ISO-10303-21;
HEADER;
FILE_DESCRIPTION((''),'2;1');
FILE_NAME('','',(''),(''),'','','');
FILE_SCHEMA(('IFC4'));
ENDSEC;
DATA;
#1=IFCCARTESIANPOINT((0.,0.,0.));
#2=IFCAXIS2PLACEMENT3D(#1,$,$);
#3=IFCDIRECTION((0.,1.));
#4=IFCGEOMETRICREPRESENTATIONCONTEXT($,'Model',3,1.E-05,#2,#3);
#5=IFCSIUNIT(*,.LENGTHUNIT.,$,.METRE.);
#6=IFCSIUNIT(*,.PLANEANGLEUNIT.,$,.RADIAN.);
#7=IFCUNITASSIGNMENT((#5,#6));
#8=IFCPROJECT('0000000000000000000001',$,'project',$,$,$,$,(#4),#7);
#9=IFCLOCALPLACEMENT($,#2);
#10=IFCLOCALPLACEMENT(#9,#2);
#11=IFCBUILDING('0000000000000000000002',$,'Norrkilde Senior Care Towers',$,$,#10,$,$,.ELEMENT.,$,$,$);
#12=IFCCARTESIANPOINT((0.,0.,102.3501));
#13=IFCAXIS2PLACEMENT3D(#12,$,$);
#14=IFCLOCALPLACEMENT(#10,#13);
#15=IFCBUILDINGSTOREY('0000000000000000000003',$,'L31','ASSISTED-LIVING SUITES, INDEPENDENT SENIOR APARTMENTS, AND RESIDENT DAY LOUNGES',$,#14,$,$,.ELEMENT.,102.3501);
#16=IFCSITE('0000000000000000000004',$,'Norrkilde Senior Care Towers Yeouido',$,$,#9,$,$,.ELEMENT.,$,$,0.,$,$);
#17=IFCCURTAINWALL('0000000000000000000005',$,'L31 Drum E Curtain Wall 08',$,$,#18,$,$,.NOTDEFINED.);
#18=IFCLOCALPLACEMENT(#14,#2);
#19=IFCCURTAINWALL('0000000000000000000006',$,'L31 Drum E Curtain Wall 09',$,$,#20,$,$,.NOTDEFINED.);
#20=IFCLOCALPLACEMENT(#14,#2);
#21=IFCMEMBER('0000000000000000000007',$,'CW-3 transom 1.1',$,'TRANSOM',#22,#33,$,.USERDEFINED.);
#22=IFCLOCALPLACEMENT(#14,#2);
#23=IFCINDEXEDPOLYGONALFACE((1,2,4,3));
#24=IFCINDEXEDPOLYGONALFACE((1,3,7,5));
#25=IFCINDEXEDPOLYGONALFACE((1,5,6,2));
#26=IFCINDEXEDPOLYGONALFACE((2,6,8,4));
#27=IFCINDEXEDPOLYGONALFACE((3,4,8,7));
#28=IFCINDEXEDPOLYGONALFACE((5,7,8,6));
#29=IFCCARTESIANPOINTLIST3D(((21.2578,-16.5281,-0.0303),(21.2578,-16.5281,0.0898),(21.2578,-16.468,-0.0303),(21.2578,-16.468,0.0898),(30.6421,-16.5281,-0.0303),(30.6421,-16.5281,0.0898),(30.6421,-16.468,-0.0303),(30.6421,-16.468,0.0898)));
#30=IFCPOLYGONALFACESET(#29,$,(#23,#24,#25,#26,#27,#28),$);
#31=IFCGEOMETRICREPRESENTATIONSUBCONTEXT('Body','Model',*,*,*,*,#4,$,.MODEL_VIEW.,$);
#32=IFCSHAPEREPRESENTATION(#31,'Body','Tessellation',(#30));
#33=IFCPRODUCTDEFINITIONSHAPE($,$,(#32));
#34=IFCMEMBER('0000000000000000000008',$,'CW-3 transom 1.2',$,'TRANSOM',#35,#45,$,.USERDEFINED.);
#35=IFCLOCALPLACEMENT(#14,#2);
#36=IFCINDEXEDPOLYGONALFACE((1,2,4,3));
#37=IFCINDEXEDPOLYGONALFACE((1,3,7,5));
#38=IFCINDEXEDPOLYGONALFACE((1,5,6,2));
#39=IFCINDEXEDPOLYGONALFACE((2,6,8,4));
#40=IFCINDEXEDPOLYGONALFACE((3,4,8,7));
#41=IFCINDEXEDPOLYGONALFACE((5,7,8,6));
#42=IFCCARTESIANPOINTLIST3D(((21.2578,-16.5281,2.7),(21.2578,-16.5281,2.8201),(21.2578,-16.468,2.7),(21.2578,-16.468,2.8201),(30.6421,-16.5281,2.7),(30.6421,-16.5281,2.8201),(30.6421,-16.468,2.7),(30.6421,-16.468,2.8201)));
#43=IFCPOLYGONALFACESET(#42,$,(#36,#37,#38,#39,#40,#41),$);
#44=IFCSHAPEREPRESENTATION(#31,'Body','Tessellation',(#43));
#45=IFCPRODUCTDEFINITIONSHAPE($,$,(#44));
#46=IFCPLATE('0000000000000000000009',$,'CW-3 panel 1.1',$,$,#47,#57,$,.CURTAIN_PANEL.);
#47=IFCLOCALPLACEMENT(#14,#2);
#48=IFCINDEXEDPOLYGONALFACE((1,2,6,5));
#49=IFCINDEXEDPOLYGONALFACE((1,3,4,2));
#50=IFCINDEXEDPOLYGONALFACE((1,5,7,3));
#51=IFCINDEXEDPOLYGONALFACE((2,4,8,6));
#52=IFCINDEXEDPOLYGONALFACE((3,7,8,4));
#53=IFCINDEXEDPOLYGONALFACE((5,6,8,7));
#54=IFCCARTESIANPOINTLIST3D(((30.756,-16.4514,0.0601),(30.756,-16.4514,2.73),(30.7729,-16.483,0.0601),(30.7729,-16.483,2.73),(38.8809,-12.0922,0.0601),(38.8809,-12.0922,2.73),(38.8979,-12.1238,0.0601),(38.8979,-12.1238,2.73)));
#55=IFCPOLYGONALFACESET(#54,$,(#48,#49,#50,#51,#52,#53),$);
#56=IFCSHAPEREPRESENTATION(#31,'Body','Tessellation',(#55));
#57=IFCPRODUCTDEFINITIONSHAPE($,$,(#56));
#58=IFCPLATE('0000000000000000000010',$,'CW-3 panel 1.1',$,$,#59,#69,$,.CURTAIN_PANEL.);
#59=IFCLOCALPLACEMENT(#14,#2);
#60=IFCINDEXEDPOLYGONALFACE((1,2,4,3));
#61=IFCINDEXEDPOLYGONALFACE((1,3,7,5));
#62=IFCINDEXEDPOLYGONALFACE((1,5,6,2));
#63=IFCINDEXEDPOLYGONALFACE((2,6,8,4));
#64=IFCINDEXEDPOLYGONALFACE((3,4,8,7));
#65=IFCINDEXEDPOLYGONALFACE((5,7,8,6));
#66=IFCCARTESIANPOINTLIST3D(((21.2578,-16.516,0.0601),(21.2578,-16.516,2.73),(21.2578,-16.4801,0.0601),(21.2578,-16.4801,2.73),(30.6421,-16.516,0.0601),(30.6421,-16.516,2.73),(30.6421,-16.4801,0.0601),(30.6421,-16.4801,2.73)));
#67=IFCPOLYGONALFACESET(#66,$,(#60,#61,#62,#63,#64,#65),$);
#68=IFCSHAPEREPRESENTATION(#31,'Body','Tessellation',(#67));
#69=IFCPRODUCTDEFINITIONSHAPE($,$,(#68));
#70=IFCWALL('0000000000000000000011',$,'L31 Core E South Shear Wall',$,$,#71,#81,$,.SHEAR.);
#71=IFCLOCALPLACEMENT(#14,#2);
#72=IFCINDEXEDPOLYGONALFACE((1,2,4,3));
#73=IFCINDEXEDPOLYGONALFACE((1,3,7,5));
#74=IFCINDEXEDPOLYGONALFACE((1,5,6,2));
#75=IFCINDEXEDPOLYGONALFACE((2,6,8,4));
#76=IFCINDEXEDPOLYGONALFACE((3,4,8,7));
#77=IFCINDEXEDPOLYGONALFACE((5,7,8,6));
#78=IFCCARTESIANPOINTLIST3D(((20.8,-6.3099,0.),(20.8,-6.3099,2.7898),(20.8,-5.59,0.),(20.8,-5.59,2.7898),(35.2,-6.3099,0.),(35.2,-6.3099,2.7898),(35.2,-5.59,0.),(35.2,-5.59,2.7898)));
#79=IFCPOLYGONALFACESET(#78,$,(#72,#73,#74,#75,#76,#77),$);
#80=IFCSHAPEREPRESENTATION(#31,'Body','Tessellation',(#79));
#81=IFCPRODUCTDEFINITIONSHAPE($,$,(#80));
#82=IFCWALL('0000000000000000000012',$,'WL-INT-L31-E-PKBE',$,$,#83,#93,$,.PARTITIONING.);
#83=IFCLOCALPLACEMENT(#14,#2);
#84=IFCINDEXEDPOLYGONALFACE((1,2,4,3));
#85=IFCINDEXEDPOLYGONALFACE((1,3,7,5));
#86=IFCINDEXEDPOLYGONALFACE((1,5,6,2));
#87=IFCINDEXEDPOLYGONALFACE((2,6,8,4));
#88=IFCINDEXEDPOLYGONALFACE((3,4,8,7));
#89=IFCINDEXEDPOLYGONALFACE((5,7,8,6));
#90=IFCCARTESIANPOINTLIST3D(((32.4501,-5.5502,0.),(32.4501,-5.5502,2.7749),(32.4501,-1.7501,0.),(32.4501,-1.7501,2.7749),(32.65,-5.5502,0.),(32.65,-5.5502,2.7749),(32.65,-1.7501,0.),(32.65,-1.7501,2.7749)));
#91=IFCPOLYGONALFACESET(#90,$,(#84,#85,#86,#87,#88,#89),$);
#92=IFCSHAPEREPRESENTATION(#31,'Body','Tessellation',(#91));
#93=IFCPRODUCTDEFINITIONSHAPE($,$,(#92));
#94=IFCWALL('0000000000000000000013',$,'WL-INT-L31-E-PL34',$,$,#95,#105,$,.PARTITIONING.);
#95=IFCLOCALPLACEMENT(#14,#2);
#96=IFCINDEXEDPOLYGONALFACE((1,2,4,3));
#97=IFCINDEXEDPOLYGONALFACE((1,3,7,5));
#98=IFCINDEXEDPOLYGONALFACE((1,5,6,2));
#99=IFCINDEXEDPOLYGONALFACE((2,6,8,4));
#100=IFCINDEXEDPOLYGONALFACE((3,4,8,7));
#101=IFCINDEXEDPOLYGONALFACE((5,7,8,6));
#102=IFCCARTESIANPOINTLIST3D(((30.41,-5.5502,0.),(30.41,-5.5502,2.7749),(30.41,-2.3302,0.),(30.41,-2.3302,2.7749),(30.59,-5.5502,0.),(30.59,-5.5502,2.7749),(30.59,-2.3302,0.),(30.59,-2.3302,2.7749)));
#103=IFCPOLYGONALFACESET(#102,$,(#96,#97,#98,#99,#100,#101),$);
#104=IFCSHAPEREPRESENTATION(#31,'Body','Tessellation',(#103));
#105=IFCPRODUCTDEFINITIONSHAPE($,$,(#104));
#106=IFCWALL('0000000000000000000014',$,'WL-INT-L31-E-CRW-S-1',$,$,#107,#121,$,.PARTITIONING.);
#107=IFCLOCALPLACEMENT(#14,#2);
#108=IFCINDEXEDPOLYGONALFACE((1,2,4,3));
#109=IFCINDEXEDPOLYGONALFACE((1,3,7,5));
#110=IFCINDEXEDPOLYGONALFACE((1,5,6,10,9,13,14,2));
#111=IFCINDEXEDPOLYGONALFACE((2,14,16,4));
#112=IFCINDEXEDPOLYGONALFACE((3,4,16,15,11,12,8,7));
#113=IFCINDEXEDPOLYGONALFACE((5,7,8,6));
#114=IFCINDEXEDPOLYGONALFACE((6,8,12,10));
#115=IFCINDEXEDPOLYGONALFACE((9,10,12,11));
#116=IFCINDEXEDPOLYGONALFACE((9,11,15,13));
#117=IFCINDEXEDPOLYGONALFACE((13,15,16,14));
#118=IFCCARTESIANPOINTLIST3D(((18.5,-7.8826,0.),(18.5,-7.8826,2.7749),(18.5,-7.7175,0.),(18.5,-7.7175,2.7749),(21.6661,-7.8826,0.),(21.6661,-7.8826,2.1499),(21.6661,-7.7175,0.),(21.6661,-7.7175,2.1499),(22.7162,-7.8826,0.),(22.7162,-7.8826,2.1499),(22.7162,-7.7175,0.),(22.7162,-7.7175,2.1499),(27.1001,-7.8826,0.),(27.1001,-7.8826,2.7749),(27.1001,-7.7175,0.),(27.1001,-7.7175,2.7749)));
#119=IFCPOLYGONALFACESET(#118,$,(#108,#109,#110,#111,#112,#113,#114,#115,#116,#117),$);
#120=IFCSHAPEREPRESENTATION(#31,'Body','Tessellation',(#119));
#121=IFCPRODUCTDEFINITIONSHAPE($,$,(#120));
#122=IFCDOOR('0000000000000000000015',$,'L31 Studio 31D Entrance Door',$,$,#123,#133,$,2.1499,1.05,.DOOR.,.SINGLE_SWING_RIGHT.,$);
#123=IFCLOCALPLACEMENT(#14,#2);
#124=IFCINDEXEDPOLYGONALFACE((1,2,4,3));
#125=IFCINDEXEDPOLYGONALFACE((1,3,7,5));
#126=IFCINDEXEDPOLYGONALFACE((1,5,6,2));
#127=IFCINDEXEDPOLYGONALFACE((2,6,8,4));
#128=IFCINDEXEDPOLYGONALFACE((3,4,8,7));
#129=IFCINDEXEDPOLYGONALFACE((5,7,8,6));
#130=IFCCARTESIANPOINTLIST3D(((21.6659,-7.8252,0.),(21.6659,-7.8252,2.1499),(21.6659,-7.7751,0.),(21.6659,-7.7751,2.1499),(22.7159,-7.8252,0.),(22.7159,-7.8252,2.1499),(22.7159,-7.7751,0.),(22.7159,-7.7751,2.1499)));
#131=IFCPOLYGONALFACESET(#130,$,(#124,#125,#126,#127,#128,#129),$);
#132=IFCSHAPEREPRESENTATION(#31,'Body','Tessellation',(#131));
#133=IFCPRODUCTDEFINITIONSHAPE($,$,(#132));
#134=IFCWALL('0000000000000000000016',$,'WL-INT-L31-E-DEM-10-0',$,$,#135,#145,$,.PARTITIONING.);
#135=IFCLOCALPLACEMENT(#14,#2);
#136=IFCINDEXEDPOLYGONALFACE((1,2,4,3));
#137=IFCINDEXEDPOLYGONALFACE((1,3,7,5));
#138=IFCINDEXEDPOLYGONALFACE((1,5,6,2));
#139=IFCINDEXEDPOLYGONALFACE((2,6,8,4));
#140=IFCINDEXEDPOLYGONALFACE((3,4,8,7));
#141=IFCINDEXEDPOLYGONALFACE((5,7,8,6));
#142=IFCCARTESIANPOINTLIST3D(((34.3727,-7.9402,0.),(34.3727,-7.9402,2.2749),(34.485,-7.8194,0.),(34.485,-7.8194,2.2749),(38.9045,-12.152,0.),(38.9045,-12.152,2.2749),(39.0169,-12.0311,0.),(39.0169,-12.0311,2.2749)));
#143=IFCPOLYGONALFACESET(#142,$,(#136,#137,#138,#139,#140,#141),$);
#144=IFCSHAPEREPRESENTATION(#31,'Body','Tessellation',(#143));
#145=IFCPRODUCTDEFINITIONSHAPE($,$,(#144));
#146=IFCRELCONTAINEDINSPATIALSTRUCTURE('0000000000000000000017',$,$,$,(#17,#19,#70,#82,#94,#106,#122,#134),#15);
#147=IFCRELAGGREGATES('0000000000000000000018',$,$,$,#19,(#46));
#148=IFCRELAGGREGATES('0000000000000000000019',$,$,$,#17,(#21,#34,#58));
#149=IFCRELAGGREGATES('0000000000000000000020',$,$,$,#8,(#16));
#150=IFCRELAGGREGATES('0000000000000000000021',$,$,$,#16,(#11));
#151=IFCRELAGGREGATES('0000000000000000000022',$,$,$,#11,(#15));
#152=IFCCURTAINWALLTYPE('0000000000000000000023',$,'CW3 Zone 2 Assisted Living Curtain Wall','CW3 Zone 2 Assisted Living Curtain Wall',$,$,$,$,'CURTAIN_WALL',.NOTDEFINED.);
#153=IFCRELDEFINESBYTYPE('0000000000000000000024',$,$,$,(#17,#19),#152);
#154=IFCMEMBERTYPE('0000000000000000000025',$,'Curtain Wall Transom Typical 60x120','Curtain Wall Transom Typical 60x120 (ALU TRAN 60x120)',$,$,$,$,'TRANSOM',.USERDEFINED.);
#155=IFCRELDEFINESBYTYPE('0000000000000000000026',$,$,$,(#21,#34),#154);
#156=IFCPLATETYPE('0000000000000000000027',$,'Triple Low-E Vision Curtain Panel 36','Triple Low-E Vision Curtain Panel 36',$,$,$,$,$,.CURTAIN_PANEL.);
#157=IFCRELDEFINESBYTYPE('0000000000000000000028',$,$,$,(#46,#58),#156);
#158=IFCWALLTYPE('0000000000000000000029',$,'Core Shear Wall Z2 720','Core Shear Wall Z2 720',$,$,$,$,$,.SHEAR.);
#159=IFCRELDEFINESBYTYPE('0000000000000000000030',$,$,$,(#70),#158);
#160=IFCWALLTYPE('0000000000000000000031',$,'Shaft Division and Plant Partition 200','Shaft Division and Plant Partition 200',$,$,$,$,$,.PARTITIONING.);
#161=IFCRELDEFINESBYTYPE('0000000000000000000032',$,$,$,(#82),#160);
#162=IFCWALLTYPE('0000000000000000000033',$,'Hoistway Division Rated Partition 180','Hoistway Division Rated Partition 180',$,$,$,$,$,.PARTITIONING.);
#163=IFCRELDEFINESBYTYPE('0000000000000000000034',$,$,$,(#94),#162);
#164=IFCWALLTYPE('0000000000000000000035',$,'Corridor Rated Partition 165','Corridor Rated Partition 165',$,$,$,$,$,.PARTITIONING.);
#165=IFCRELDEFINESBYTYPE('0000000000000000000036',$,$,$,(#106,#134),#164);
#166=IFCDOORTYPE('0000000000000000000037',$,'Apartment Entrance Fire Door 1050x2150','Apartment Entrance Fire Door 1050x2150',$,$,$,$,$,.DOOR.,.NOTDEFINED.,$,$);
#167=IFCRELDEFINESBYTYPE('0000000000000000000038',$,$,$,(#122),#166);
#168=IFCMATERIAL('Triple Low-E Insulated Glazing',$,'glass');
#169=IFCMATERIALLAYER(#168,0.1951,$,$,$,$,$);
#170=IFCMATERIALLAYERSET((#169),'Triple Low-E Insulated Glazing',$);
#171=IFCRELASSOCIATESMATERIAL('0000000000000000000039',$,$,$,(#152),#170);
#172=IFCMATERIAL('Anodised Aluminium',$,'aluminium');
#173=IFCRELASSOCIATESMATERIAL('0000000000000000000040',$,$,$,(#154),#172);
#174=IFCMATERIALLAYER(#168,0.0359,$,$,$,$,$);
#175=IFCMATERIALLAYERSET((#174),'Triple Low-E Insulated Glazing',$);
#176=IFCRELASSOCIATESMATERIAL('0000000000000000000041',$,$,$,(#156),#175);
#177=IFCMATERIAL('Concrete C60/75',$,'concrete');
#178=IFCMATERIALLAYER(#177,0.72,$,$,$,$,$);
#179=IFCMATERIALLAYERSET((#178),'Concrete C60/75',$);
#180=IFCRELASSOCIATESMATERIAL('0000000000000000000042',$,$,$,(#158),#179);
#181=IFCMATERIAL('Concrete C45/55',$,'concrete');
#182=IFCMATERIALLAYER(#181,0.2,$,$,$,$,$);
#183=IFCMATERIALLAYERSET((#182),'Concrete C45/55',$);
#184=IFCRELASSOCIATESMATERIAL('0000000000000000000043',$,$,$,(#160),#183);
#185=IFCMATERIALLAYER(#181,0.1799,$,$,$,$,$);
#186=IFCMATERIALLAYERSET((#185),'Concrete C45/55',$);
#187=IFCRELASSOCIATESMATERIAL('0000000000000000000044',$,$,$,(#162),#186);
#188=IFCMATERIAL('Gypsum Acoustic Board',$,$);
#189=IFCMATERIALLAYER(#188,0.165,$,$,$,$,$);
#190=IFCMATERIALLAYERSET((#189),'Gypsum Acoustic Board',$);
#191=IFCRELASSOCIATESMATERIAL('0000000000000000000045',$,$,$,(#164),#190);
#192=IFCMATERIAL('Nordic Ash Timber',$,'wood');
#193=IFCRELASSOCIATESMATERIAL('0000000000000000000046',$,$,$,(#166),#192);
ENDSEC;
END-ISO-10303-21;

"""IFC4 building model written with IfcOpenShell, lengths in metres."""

from ifc_helpers import new_model, si_unit, direction, frame, frame_2d, origin, origin_2d, place, context, subcontext, project, spatial, rectangle, extrude, source, transform, mapped, material, layer, layer_set, material_profile, profile_set, type_object, type_shapes, element, fill, aggregate, save


model = new_model("IFC4")

# Units and contexts
model_context = context("Model", 3, precision=1e-05, world=origin(), true_north=direction((0.0, 1.0)))
body_context = subcontext(model_context, "Body", "Model", "MODEL_VIEW")
ifc_project = project(units=[si_unit("LENGTHUNIT", "METRE"), si_unit("PLANEANGLEUNIT", "RADIAN")], contexts=[model_context])

# Site, building, storey
site_placement = place(None, origin())
site = spatial("IfcSite", under=ifc_project, at=site_placement, Name="Norrkilde Senior Care Towers Yeouido", CompositionType="ELEMENT", RefElevation=0.0)
building_placement = place(site_placement, origin())
building = spatial("IfcBuilding", under=site, at=building_placement, Name="Norrkilde Senior Care Towers", CompositionType="ELEMENT")
storey_placement = place(building_placement, frame((0.0, 0.0, 102.3501)))
storey = spatial("IfcBuildingStorey", under=building, at=storey_placement, Name="L31", Description="ASSISTED-LIVING SUITES, INDEPENDENT SENIOR APARTMENTS, AND RESIDENT DAY LOUNGES", CompositionType="ELEMENT", Elevation=102.3501)

# Shared definitions
ifc_material_1 = material(Name="Concrete C60/75", Category="concrete")

# Curtain walls
ifc_material_2 = material(Name="Triple Low-E Insulated Glazing", Category="glass")
ifc_layer_1 = layer(ifc_material_2, 0.1951)
ifc_layer_set_1 = layer_set([ifc_layer_1], Name="Triple Low-E Insulated Glazing")
curtain_wall_type = type_object("IfcCurtainWallType", Name="CW3 Zone 2 Assisted Living Curtain Wall", Description="CW3 Zone 2 Assisted Living Curtain Wall", ElementType="CURTAIN_WALL", PredefinedType="NOTDEFINED", material=ifc_layer_set_1)
curtain_wall_1_placement = place(storey_placement, origin())
curtain_wall_1 = element("IfcCurtainWall", 1, at=curtain_wall_1_placement, inside=storey, type_object=curtain_wall_type, Name="L31 Drum E Curtain Wall 08", PredefinedType="NOTDEFINED")
ifc_material_3 = material(Name="Anodised Aluminium", Category="aluminium")
curtain_wall_2_placement = place(storey_placement, origin())
curtain_wall_2 = element("IfcCurtainWall", 2, at=curtain_wall_2_placement, inside=storey, type_object=curtain_wall_type, Name="L31 Drum E Curtain Wall 09", PredefinedType="NOTDEFINED")

# Members
ifc_material_profile_1 = material_profile(ifc_material_3, rectangle(XDim=0.0601, YDim=0.1201, at=origin_2d()), Name="ALU TRAN 60x120")
ifc_profile_set_1 = profile_set([ifc_material_profile_1], Name="Anodised Aluminium")
member_type_1 = type_object("IfcMemberType", Name="Curtain Wall Transom Typical 60x120", Description="Curtain Wall Transom Typical 60x120 (ALU TRAN 60x120)", ElementType="TRANSOM", PredefinedType="USERDEFINED", material=ifc_profile_set_1)
shared_shape_1 = source(origin(), body_context, "Body", "SweptSolid", [
    extrude(rectangle(XDim=0.0601, YDim=0.1201, at=origin_2d()), origin(), (0.0, 0.0, 1.0), 9.3843),
])
type_shapes(member_type_1, [shared_shape_1])
member_1_placement = place(storey_placement, frame((30.6421, -16.498, 0.0298), z_axis=(-1.0, 0.0, 0.0), x_axis=(0.0, -1.0, 0.0)))
member_1 = element("IfcMember", 3, at=member_1_placement, type_object=member_type_1, Name="CW-3 transom 1.1", ObjectType="TRANSOM", PredefinedType="USERDEFINED", context=body_context, shape_type="MappedRepresentation", body=[
    mapped(shared_shape_1, transform((0.0, 0.0, 0.0), x_axis=(1.0, 0.0, 0.0), y_axis=(0.0, 1.0, 0.0), z_axis=(0.0, 0.0, 1.0), scale=1.0)),
])
member_2_placement = place(storey_placement, frame((30.6421, -16.498, 2.76), z_axis=(-1.0, 0.0, 0.0), x_axis=(0.0, -1.0, 0.0)))
member_2 = element("IfcMember", 4, at=member_2_placement, type_object=member_type_1, Name="CW-3 transom 1.2", ObjectType="TRANSOM", PredefinedType="USERDEFINED", context=body_context, shape_type="MappedRepresentation", body=[
    mapped(shared_shape_1, transform((0.0, 0.0, 0.0), x_axis=(1.0, 0.0, 0.0), y_axis=(0.0, 1.0, 0.0), z_axis=(0.0, 0.0, 1.0), scale=1.0)),
])

# Plates
ifc_layer_2 = layer(ifc_material_2, 0.0359)
ifc_layer_set_2 = layer_set([ifc_layer_2], Name="Triple Low-E Insulated Glazing")
plate_type = type_object("IfcPlateType", Name="Triple Low-E Vision Curtain Panel 36", Description="Triple Low-E Vision Curtain Panel 36", PredefinedType="CURTAIN_PANEL", material=ifc_layer_set_2)
shared_shape_2 = source(origin(), body_context, "Body", "SweptSolid", [
    extrude(rectangle(XDim=9.2205, YDim=0.0359, at=origin_2d()), origin(), (0.0, 0.0, 1.0), 2.6699),
])
plate_1_placement = place(storey_placement, frame((34.8269, -14.2876, 0.0601), z_axis=(0.0, 0.0, 1.0), x_axis=(-0.881186, -0.472769, 0.0)))
plate_1 = element("IfcPlate", 5, at=plate_1_placement, type_object=plate_type, Name="CW-3 panel 1.1", PredefinedType="CURTAIN_PANEL", context=body_context, shape_type="MappedRepresentation", body=[
    mapped(shared_shape_2, transform((0.0, 0.0, 0.0), x_axis=(1.0, 0.0, 0.0), y_axis=(0.0, 1.0, 0.0), z_axis=(0.0, 0.0, 1.0), scale=1.0)),
])
aggregate(curtain_wall_2, [plate_1])
shared_shape_3 = source(origin(), body_context, "Body", "SweptSolid", [
    extrude(rectangle(XDim=9.3843, YDim=0.0359, at=origin_2d()), origin(), (0.0, 0.0, 1.0), 2.6699),
])
type_shapes(plate_type, [shared_shape_2, shared_shape_3])
plate_2_placement = place(storey_placement, frame((25.95, -16.498, 0.0601), z_axis=(0.0, 0.0, 1.0), x_axis=(-1.0, 0.0, 0.0)))
plate_2 = element("IfcPlate", 6, at=plate_2_placement, type_object=plate_type, Name="CW-3 panel 1.1", PredefinedType="CURTAIN_PANEL", context=body_context, shape_type="MappedRepresentation", body=[
    mapped(shared_shape_3, transform((0.0, 0.0, 0.0), x_axis=(1.0, 0.0, 0.0), y_axis=(0.0, 1.0, 0.0), z_axis=(0.0, 0.0, 1.0), scale=1.0)),
])
aggregate(curtain_wall_1, [member_1, member_2, plate_2])

# Walls
ifc_layer_3 = layer(ifc_material_1, 0.72)
ifc_layer_set_3 = layer_set([ifc_layer_3], Name="Concrete C60/75")
wall_type_1 = type_object("IfcWallType", Name="Core Shear Wall Z2 720", Description="Core Shear Wall Z2 720", PredefinedType="SHEAR", material=ifc_layer_set_3)
shared_shape_4 = source(origin(), body_context, "Body", "SweptSolid", [
    extrude(rectangle(XDim=14.3999, YDim=0.72, at=frame_2d((7.2, 0.0))), origin(), (0.0, 0.0, 1.0), 2.7898),
])
type_shapes(wall_type_1, [shared_shape_4])
wall_1_placement = place(storey_placement, frame((35.2, -5.95, 0.0), z_axis=(0.0, 0.0, 1.0), x_axis=(-1.0, 0.0, 0.0)))
element("IfcWall", 7, at=wall_1_placement, inside=storey, type_object=wall_type_1, Name="L31 Core E South Shear Wall", PredefinedType="SHEAR", context=body_context, shape_type="MappedRepresentation", body=[
    mapped(shared_shape_4, transform((0.0, 0.0, 0.0), x_axis=(1.0, 0.0, 0.0), y_axis=(0.0, 1.0, 0.0), z_axis=(0.0, 0.0, 1.0), scale=1.0)),
])
ifc_material_4 = material(Name="Concrete C45/55", Category="concrete")
ifc_layer_4 = layer(ifc_material_4, 0.2)
ifc_layer_set_4 = layer_set([ifc_layer_4], Name="Concrete C45/55")
wall_type_2 = type_object("IfcWallType", Name="Shaft Division and Plant Partition 200", Description="Shaft Division and Plant Partition 200", PredefinedType="PARTITIONING", material=ifc_layer_set_4)
shared_shape_5 = source(origin(), body_context, "Body", "SweptSolid", [
    extrude(rectangle(XDim=3.8, YDim=0.2, at=frame_2d((1.8999, 0.0))), origin(), (0.0, 0.0, 1.0), 2.7749),
])
type_shapes(wall_type_2, [shared_shape_5])
wall_2_placement = place(storey_placement, frame((32.55, -5.55, 0.0), z_axis=(0.0, 0.0, 1.0), x_axis=(0.0, 1.0, 0.0)))
element("IfcWall", 8, at=wall_2_placement, inside=storey, type_object=wall_type_2, Name="WL-INT-L31-E-PKBE", PredefinedType="PARTITIONING", context=body_context, shape_type="MappedRepresentation", body=[
    mapped(shared_shape_5, transform((0.0, 0.0, 0.0), x_axis=(1.0, 0.0, 0.0), y_axis=(0.0, 1.0, 0.0), z_axis=(0.0, 0.0, 1.0), scale=1.0)),
])
ifc_layer_5 = layer(ifc_material_4, 0.1799)
ifc_layer_set_5 = layer_set([ifc_layer_5], Name="Concrete C45/55")
wall_type_3 = type_object("IfcWallType", Name="Hoistway Division Rated Partition 180", Description="Hoistway Division Rated Partition 180", PredefinedType="PARTITIONING", material=ifc_layer_set_5)
shared_shape_6 = source(origin(), body_context, "Body", "SweptSolid", [
    extrude(rectangle(XDim=3.22, YDim=0.1799, at=frame_2d((1.6099, 0.0))), origin(), (0.0, 0.0, 1.0), 2.7749),
])
type_shapes(wall_type_3, [shared_shape_6])
wall_3_placement = place(storey_placement, frame((30.5, -5.55, 0.0), z_axis=(0.0, 0.0, 1.0), x_axis=(0.0, 1.0, 0.0)))
element("IfcWall", 9, at=wall_3_placement, inside=storey, type_object=wall_type_3, Name="WL-INT-L31-E-PL34", PredefinedType="PARTITIONING", context=body_context, shape_type="MappedRepresentation", body=[
    mapped(shared_shape_6, transform((0.0, 0.0, 0.0), x_axis=(1.0, 0.0, 0.0), y_axis=(0.0, 1.0, 0.0), z_axis=(0.0, 0.0, 1.0), scale=1.0)),
])

# Wall, opening, door
ifc_material_5 = material(Name="Gypsum Acoustic Board")
ifc_layer_6 = layer(ifc_material_5, 0.165)
ifc_layer_set_6 = layer_set([ifc_layer_6], Name="Gypsum Acoustic Board")
wall_type_4 = type_object("IfcWallType", Name="Corridor Rated Partition 165", Description="Corridor Rated Partition 165", PredefinedType="PARTITIONING", material=ifc_layer_set_6)
shared_shape_7 = source(origin(), body_context, "Body", "SweptSolid", [
    extrude(rectangle(XDim=8.6001, YDim=0.165, at=frame_2d((4.3, 0.0))), origin(), (0.0, 0.0, 1.0), 2.7749),
])
wall_4_placement = place(storey_placement, frame((27.1001, -7.8, 0.0), z_axis=(0.0, 0.0, 1.0), x_axis=(-1.0, 0.0, 0.0)))
wall_4 = element("IfcWall", 10, at=wall_4_placement, inside=storey, type_object=wall_type_4, Name="WL-INT-L31-E-CRW-S-1", PredefinedType="PARTITIONING", context=body_context, shape_type="MappedRepresentation", body=[
    mapped(shared_shape_7, transform((0.0, 0.0, 0.0), x_axis=(1.0, 0.0, 0.0), y_axis=(0.0, 1.0, 0.0), z_axis=(0.0, 0.0, 1.0), scale=1.0)),
])
opening_1_placement = place(wall_4_placement, frame((4.384, 0.0, 0.0)))
opening_1 = element("IfcOpeningElement", 11, at=opening_1_placement, cuts=wall_4, PredefinedType="OPENING", context=body_context, shape_type="SweptSolid", body=[
    extrude(rectangle(XDim=1.05, YDim=2.1499, at=frame_2d((0.5249, 1.075))), frame((0.0, 0.0925, 0.0), z_axis=(0.0, -1.0, 0.0), x_axis=(1.0, 0.0, 0.0)), (0.0, 0.0, 1.0), 0.1851),
])
ifc_material_6 = material(Name="Nordic Ash Timber", Category="wood")
door_type = type_object("IfcDoorType", Name="Apartment Entrance Fire Door 1050x2150", Description="Apartment Entrance Fire Door 1050x2150", OperationType="NOTDEFINED", PredefinedType="DOOR", material=ifc_material_6)
shared_shape_8 = source(origin(), body_context, "Body", "SweptSolid", [
    extrude(rectangle(XDim=1.05, YDim=2.1499, at=frame_2d((0.5249, 1.075))), frame((0.0, 0.0249, 0.0), z_axis=(0.0, -1.0, 0.0), x_axis=(1.0, 0.0, 0.0)), (0.0, 0.0, 1.0), 0.05),
])
type_shapes(door_type, [shared_shape_8])
door_1_placement = place(opening_1_placement, frame((1.05, 0.0, 0.0), z_axis=(0.0, 0.0, 1.0), x_axis=(-1.0, 0.0, 0.0)))
door_1 = element("IfcDoor", 12, at=door_1_placement, inside=storey, type_object=door_type, Name="L31 Studio 31D Entrance Door", OperationType="SINGLE_SWING_RIGHT", OverallHeight=2.1499, OverallWidth=1.05, PredefinedType="DOOR", context=body_context, shape_type="MappedRepresentation", body=[
    mapped(shared_shape_8, transform((0.0, 0.0, 0.0), x_axis=(1.0, 0.0, 0.0), y_axis=(0.0, 1.0, 0.0), z_axis=(0.0, 0.0, 1.0), scale=1.0)),
])
fill(opening_1, door_1)

# Wall
shared_shape_9 = source(origin(), body_context, "Body", "SweptSolid", [
    extrude(rectangle(XDim=6.1868, YDim=0.165, at=frame_2d((3.0933, 0.0))), origin(), (0.0, 0.0, 1.0), 2.2749),
])
wall_5_placement = place(storey_placement, frame((34.429, -7.8799, 0.0), z_axis=(0.0, 0.0, 1.0), x_axis=(0.732501, -0.680766, 0.0)))
element("IfcWall", 13, at=wall_5_placement, inside=storey, type_object=wall_type_4, Name="WL-INT-L31-E-DEM-10-0", PredefinedType="PARTITIONING", context=body_context, shape_type="MappedRepresentation", body=[
    mapped(shared_shape_9, transform((0.0, 0.0, 0.0), x_axis=(1.0, 0.0, 0.0), y_axis=(0.0, 1.0, 0.0), z_axis=(0.0, 0.0, 1.0), scale=1.0)),
])

save(model, "model.ifc")
